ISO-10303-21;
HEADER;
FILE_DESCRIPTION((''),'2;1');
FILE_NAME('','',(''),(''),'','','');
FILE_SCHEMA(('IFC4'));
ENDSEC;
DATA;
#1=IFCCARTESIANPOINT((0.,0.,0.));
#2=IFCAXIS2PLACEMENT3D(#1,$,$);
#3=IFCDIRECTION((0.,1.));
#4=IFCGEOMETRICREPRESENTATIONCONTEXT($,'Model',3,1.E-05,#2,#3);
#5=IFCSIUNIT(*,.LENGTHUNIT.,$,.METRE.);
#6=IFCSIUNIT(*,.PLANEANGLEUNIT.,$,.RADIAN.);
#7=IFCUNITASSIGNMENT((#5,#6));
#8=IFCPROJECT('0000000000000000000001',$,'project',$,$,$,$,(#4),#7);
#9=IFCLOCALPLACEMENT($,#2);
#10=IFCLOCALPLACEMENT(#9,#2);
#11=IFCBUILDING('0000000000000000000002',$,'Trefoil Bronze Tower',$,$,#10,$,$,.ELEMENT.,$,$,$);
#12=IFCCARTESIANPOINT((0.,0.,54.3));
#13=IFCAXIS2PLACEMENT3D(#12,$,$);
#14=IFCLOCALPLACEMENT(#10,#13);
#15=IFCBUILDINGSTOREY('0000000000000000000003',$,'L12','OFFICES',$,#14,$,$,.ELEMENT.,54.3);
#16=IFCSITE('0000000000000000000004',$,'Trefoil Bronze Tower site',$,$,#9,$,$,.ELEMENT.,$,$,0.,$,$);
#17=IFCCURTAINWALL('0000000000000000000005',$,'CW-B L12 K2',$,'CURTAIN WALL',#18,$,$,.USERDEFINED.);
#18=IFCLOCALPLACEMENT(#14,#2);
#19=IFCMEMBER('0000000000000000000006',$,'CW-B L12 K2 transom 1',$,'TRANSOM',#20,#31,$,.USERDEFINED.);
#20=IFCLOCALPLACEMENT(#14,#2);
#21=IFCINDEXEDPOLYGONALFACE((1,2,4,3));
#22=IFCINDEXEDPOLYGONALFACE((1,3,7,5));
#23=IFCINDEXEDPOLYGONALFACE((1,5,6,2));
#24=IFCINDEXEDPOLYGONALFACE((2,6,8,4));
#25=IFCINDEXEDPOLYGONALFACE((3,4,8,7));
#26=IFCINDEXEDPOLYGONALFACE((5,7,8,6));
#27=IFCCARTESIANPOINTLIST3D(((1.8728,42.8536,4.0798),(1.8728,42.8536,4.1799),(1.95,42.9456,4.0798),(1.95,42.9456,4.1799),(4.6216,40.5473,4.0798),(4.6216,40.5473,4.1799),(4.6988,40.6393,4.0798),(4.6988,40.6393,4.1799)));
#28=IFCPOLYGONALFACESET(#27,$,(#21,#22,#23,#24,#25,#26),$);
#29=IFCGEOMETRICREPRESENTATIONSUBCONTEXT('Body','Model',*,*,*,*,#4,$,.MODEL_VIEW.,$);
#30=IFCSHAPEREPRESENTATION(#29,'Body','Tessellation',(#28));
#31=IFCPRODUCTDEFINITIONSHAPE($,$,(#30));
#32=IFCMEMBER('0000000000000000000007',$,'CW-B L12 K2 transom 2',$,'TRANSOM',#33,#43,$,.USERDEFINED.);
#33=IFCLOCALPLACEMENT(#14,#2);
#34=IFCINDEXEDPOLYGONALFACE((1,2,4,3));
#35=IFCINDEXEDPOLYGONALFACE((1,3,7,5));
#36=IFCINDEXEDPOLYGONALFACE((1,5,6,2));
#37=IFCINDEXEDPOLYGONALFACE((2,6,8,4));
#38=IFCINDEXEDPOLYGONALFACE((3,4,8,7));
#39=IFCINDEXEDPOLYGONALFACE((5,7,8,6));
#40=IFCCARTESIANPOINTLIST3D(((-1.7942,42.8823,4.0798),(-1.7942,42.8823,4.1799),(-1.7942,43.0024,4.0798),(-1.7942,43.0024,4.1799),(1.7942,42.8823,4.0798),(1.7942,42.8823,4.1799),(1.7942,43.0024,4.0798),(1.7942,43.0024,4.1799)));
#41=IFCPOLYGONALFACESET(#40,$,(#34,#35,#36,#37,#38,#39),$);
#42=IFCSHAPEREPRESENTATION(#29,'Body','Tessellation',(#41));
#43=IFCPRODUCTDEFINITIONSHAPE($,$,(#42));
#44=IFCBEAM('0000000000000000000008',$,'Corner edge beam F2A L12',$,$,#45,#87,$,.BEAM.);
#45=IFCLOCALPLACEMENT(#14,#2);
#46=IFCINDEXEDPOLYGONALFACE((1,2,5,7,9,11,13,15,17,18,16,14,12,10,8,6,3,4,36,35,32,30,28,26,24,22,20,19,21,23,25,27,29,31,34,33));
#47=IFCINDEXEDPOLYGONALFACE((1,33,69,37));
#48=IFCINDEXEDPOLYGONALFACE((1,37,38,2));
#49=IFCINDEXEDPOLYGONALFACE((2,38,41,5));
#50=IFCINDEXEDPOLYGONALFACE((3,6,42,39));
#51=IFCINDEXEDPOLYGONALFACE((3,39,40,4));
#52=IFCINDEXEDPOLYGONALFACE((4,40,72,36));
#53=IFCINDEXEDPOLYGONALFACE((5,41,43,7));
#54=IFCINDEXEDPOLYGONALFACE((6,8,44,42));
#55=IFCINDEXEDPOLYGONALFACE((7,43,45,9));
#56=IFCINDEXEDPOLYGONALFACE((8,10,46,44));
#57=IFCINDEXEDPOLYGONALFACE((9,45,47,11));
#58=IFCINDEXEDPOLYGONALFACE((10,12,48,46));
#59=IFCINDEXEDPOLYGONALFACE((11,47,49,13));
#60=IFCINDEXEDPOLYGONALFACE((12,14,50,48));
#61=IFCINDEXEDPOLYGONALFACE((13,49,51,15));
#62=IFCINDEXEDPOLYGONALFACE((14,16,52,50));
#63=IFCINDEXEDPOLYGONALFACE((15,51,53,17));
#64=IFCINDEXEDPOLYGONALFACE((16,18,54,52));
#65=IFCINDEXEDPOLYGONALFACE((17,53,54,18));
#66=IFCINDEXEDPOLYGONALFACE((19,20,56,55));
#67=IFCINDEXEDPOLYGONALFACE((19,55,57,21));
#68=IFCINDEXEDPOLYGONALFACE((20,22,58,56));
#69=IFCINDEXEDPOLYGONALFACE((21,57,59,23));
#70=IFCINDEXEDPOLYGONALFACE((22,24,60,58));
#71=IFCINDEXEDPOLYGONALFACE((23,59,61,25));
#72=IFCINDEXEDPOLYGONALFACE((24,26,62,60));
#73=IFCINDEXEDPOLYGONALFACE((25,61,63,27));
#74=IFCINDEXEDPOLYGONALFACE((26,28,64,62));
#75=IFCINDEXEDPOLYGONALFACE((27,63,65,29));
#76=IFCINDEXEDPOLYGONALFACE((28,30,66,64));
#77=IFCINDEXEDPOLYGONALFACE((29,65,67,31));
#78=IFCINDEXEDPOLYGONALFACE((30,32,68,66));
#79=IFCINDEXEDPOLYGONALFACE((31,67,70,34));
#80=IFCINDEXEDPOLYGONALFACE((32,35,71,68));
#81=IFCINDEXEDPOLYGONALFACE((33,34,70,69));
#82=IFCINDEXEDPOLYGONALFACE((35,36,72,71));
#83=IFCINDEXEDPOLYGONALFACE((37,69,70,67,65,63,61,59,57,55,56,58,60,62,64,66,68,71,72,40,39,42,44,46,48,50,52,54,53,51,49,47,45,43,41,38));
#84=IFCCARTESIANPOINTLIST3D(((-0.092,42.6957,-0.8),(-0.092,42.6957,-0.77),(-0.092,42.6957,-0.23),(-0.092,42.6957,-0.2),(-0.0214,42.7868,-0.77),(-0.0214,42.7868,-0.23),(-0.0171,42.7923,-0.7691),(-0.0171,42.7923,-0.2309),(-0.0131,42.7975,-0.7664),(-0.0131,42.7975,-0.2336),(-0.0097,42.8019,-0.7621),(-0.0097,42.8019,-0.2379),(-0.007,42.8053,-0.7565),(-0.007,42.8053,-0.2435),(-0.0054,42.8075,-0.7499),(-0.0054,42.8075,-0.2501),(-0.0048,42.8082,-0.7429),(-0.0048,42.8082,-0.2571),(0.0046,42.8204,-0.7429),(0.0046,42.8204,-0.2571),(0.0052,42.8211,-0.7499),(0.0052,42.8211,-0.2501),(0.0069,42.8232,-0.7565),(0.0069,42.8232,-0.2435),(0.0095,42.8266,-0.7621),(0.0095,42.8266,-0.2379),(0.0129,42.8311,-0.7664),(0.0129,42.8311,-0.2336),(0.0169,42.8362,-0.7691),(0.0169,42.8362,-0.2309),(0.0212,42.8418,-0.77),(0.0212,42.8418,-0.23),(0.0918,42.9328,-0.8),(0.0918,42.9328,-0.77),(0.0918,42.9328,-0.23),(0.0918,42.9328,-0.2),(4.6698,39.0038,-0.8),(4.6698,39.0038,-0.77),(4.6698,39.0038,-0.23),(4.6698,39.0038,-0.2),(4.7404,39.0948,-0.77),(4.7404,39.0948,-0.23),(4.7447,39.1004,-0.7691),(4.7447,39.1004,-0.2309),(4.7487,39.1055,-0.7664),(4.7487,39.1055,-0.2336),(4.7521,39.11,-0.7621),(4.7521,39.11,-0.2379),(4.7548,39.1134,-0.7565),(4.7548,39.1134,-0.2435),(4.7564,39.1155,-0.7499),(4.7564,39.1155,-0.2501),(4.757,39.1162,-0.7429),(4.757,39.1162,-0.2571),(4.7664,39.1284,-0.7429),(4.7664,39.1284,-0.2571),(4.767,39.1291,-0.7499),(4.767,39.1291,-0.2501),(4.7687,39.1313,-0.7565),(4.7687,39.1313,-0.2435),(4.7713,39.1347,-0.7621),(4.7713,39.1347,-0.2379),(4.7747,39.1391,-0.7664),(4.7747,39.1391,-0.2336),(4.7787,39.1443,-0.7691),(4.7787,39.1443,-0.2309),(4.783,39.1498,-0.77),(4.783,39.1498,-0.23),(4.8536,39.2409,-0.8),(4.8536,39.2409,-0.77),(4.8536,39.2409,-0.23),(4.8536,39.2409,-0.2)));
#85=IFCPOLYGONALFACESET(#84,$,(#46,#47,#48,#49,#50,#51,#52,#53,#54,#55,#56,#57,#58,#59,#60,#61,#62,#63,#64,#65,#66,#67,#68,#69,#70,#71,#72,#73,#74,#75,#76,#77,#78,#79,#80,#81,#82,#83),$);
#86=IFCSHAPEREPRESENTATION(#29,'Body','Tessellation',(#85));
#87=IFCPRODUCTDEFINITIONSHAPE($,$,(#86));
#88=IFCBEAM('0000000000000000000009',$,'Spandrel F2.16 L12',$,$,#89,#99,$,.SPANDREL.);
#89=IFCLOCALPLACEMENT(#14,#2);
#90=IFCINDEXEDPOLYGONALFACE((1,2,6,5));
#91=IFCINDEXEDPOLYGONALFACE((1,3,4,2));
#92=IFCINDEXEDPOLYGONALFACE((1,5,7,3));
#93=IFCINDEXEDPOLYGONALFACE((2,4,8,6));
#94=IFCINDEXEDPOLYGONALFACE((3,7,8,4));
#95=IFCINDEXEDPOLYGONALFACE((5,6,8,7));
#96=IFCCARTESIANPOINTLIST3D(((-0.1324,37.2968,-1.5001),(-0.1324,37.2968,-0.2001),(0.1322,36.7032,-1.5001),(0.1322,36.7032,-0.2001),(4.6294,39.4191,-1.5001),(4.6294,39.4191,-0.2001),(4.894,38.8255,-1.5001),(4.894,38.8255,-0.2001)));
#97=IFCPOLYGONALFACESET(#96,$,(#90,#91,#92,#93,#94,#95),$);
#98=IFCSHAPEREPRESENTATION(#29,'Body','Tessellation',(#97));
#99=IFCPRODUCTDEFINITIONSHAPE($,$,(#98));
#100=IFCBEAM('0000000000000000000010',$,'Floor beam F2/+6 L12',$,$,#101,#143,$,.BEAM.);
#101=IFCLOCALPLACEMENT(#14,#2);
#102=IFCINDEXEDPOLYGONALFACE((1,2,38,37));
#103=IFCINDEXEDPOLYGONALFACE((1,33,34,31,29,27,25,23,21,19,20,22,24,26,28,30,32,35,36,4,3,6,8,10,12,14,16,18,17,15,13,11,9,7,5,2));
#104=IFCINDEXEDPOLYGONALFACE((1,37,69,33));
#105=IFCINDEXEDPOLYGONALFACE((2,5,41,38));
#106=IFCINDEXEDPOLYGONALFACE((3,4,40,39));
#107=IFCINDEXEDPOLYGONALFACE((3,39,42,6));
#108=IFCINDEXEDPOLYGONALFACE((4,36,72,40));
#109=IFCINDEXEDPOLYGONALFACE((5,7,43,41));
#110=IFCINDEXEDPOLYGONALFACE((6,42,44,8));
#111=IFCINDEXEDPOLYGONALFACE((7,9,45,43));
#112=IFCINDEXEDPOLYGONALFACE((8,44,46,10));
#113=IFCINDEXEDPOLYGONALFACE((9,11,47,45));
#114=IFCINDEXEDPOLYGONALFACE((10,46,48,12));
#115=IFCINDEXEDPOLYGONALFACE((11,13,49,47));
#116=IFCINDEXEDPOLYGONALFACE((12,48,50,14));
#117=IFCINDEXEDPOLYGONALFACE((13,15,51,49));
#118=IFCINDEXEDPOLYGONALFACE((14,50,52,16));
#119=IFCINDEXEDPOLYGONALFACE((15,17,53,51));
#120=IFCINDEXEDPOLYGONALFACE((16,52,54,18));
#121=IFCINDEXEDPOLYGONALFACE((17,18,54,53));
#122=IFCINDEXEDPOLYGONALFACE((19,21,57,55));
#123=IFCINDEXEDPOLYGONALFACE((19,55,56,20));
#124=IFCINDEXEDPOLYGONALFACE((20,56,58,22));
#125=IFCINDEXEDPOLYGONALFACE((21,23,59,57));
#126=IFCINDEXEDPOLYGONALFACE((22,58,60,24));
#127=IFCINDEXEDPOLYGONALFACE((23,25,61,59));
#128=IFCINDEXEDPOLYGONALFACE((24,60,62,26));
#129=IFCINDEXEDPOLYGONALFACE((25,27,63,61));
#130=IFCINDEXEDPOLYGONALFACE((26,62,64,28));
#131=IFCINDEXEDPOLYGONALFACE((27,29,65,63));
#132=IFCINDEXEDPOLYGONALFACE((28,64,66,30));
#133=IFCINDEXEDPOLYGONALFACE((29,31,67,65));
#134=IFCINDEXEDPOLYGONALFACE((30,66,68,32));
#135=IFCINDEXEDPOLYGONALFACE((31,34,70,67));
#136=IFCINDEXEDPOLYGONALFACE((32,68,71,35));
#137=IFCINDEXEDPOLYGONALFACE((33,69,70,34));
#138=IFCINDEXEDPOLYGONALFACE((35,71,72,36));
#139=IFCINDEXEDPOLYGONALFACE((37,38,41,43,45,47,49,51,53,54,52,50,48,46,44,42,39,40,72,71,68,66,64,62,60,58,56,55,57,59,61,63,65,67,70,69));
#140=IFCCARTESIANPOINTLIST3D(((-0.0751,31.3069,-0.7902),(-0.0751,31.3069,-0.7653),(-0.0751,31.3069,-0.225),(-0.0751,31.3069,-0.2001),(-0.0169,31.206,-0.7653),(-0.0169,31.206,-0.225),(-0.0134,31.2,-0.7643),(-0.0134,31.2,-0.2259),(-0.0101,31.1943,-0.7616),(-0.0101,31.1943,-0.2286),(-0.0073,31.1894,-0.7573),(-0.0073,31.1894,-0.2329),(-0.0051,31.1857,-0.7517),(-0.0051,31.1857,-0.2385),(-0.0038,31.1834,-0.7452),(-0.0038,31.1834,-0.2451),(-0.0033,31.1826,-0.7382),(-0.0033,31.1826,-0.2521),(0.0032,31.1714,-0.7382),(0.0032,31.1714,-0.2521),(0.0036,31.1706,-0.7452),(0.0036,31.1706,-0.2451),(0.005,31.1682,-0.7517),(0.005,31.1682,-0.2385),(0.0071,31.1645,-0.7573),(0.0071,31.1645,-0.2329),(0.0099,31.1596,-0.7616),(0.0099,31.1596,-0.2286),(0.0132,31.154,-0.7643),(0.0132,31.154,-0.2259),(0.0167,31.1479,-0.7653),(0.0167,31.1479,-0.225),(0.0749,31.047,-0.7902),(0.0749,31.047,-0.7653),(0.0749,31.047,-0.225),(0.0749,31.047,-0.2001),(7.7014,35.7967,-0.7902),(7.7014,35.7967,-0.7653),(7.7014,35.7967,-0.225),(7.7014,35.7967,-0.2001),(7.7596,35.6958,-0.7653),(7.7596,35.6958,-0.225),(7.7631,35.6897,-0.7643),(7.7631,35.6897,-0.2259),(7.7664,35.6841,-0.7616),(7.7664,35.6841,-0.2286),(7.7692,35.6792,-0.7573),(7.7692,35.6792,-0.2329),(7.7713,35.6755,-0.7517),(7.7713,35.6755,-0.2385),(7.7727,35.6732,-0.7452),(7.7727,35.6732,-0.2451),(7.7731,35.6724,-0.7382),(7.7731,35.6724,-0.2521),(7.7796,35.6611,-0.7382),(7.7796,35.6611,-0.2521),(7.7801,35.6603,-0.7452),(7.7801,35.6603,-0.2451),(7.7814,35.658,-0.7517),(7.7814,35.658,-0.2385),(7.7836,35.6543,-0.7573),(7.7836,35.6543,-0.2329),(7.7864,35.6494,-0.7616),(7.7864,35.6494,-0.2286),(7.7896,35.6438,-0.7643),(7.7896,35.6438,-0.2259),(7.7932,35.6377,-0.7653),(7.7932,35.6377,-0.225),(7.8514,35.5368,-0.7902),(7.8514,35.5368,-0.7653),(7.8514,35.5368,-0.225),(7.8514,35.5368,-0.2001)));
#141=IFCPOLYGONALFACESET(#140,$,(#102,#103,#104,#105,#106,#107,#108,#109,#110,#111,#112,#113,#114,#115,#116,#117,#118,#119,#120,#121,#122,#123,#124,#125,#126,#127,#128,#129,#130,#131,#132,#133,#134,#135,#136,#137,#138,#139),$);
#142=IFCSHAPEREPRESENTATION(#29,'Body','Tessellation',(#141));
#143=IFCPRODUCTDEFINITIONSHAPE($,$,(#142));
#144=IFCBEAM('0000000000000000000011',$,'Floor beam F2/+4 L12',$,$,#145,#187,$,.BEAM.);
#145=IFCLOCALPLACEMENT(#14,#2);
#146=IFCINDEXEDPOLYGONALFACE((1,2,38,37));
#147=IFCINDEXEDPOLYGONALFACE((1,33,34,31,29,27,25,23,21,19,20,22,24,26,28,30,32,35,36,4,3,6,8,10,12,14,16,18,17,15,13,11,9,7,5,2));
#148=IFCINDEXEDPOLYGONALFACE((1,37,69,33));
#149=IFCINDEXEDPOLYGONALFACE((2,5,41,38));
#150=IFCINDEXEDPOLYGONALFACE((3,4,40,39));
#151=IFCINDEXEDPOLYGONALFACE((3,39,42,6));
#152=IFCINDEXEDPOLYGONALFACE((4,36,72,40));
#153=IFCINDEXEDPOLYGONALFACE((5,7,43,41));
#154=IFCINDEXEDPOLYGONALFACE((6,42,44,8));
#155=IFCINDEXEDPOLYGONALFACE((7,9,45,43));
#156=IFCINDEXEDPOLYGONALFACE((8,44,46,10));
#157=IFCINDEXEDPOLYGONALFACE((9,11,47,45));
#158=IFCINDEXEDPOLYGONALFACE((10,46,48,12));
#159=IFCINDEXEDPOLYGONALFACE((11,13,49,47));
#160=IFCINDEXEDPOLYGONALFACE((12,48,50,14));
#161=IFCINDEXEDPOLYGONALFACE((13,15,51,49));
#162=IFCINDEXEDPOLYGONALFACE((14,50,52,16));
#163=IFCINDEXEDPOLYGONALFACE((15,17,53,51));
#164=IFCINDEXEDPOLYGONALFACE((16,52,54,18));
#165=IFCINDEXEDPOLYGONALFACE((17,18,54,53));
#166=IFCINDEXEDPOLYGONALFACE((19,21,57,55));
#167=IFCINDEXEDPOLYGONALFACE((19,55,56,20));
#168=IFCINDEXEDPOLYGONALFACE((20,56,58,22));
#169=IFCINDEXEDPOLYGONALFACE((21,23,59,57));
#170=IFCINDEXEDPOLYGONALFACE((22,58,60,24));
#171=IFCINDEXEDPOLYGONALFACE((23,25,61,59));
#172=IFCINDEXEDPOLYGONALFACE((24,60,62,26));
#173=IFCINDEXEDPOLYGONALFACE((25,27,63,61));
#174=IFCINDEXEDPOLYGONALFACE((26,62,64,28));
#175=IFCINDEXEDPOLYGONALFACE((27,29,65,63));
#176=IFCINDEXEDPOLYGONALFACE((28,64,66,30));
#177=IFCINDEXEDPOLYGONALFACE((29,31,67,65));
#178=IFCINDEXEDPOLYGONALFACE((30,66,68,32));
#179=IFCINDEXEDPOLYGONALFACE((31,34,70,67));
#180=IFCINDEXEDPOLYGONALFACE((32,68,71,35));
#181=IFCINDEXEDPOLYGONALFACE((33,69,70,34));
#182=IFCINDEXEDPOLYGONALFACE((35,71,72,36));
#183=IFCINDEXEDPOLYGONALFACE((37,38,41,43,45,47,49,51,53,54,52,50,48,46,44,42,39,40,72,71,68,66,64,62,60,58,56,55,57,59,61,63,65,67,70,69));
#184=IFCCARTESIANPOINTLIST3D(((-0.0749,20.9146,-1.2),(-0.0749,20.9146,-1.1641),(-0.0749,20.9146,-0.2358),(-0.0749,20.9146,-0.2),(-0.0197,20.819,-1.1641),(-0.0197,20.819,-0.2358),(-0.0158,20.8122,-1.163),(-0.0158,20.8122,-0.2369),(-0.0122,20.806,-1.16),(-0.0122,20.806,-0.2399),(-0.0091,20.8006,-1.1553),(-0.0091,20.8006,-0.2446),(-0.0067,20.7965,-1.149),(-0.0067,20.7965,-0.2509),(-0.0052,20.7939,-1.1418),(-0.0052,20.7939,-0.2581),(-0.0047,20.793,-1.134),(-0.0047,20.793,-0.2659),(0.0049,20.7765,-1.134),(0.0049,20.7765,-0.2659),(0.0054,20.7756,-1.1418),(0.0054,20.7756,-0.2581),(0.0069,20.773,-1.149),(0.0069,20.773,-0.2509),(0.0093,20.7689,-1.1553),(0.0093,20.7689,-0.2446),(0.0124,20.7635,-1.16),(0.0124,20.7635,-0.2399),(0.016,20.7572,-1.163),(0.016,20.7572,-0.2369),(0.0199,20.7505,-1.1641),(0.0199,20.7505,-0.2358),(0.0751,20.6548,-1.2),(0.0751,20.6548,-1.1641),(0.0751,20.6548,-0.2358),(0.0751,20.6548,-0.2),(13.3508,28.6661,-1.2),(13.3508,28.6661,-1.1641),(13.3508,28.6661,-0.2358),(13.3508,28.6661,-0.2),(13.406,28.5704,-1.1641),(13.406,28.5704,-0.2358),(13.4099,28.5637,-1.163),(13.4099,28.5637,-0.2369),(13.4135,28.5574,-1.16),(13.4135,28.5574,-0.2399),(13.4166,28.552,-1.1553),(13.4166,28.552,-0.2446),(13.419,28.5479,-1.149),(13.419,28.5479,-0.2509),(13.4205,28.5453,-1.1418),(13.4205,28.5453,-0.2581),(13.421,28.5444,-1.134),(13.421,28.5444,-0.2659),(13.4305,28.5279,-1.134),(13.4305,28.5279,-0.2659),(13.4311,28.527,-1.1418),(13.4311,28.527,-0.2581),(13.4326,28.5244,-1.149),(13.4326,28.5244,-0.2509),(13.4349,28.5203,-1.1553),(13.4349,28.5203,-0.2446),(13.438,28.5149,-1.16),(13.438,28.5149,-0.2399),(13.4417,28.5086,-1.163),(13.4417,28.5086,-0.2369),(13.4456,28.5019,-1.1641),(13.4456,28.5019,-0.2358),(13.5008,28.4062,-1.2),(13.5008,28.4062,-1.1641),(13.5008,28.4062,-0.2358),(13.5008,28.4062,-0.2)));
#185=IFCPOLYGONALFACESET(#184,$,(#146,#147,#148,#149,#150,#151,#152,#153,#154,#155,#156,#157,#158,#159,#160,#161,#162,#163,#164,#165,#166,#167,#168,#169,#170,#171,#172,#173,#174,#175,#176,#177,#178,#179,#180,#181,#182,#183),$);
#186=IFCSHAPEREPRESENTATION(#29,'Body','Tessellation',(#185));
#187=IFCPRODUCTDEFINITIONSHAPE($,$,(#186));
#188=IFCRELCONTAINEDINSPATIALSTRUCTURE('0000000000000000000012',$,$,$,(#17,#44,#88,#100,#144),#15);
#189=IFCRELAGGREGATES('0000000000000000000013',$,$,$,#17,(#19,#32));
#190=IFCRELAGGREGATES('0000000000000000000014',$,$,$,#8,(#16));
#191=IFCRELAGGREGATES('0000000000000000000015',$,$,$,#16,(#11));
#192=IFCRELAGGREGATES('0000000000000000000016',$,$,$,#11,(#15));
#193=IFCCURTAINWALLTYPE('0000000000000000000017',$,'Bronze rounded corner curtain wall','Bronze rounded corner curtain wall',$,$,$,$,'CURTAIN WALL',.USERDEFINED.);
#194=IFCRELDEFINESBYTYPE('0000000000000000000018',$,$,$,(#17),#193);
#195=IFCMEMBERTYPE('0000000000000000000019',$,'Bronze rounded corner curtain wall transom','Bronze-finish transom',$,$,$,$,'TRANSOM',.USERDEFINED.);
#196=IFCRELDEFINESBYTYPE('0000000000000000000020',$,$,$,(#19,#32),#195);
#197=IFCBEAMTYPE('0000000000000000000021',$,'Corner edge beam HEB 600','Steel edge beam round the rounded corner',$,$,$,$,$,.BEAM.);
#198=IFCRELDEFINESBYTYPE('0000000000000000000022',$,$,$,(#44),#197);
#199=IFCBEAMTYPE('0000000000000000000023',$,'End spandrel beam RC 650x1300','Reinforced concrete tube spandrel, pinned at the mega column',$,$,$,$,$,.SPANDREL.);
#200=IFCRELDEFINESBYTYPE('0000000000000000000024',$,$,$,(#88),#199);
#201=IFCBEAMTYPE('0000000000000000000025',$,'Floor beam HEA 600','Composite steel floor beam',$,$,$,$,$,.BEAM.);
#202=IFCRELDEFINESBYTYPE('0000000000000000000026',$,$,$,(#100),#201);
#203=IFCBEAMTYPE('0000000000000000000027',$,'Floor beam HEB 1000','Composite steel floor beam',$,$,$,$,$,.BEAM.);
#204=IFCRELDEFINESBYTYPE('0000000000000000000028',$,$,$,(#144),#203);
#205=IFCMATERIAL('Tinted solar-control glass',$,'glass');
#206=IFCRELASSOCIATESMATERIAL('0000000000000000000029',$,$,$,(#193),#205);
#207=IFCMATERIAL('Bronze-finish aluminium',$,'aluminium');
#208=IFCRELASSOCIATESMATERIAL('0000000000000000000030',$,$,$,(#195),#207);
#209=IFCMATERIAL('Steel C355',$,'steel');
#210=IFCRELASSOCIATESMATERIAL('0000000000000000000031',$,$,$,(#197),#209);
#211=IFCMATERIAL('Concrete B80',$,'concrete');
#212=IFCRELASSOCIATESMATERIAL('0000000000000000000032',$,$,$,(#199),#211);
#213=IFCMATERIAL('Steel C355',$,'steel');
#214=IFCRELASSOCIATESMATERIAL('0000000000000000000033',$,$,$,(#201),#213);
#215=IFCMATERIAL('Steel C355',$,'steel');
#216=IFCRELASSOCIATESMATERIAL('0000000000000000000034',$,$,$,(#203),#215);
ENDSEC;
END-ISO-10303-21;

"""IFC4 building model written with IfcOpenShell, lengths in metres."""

from ifc_helpers import new_model, si_unit, direction, frame, origin, origin_2d, place, context, subcontext, project, spatial, rectangle, i_section, extrude, material, material_profile, profile_set, type_object, element, aggregate, save


model = new_model("IFC4")

# Units and contexts
model_context = context("Model", 3, precision=1e-05, world=origin(), true_north=direction((0.0, 1.0)))
body_context = subcontext(model_context, "Body", "Model", "MODEL_VIEW")
ifc_project = project(units=[si_unit("LENGTHUNIT", "METRE"), si_unit("PLANEANGLEUNIT", "RADIAN")], contexts=[model_context])

# Site, building, storey
site_placement = place(None, origin())
site = spatial("IfcSite", under=ifc_project, at=site_placement, Name="Trefoil Bronze Tower site", CompositionType="ELEMENT", RefElevation=0.0)
building_placement = place(site_placement, origin())
building = spatial("IfcBuilding", under=site, at=building_placement, Name="Trefoil Bronze Tower", CompositionType="ELEMENT")
storey_placement = place(building_placement, frame((0.0, 0.0, 54.3)))
storey = spatial("IfcBuildingStorey", under=building, at=storey_placement, Name="L12", Description="OFFICES", CompositionType="ELEMENT", Elevation=54.3)

# Curtain wall, members
ifc_material_1 = material(Name="Tinted solar-control glass", Category="glass")
curtain_wall_type_1 = type_object("IfcCurtainWallType", Name="Bronze rounded corner curtain wall", Description="Bronze rounded corner curtain wall", ElementType="CURTAIN WALL", PredefinedType="USERDEFINED", material=ifc_material_1)
curtain_wall_1_placement = place(storey_placement, origin())
curtain_wall_1 = element("IfcCurtainWall", 1, at=curtain_wall_1_placement, inside=storey, type_object=curtain_wall_type_1, Name="CW-B L12 K2", ObjectType="CURTAIN WALL", PredefinedType="USERDEFINED")
ifc_material_2 = material(Name="Bronze-finish aluminium", Category="aluminium")
ifc_material_profile_1 = material_profile(ifc_material_2, rectangle(XDim=0.1201, YDim=0.1001, at=origin_2d()), Name="CW-B transom")
ifc_profile_set_1 = profile_set([ifc_material_profile_1], Name="Bronze-finish aluminium")
member_type_1 = type_object("IfcMemberType", Name="Bronze rounded corner curtain wall transom", Description="Bronze-finish transom", ElementType="TRANSOM", PredefinedType="USERDEFINED", material=ifc_profile_set_1)
member_1_placement = place(storey_placement, frame((4.6602, 40.5933, 4.1299), z_axis=(-0.766059, 0.642771, 0.0), x_axis=(-0.642771, -0.766059, 0.0)))
member_1 = element("IfcMember", 2, at=member_1_placement, type_object=member_type_1, Name="CW-B L12 K2 transom 1", ObjectType="TRANSOM", PredefinedType="USERDEFINED", context=body_context, shape_type="SweptSolid", body=[
    extrude(rectangle(XDim=0.1201, YDim=0.1001, at=origin_2d()), origin(), (0.0, 0.0, 1.0), 3.5881),
])
member_2_placement = place(storey_placement, frame((1.7942, 42.9424, 4.1299), z_axis=(-1.0, 0.0, 0.0), x_axis=(0.0, -1.0, 0.0)))
member_2 = element("IfcMember", 3, at=member_2_placement, type_object=member_type_1, Name="CW-B L12 K2 transom 2", ObjectType="TRANSOM", PredefinedType="USERDEFINED", context=body_context, shape_type="SweptSolid", body=[
    extrude(rectangle(XDim=0.1201, YDim=0.1001, at=origin_2d()), origin(), (0.0, 0.0, 1.0), 3.5884),
])

# Beams
ifc_material_3 = material(Name="Steel C355", Category="steel")
ifc_material_profile_2 = material_profile(ifc_material_3, i_section(OverallWidth=0.3, OverallDepth=0.6001, WebThickness=0.0154, FlangeThickness=0.03, FilletRadius=0.0271, at=origin_2d()), Name="HEB 600")
ifc_profile_set_2 = profile_set([ifc_material_profile_2], Name="Steel C355")
beam_type_1 = type_object("IfcBeamType", Name="Corner edge beam HEB 600", Description="Steel edge beam round the rounded corner", PredefinedType="BEAM", material=ifc_profile_set_2)
beam_1_placement = place(storey_placement, frame((4.7617, 39.1223, -0.5), z_axis=(-0.790289, 0.612734, 0.0), x_axis=(-0.612734, -0.790289, 0.0)))
element("IfcBeam", 4, at=beam_1_placement, inside=storey, type_object=beam_type_1, Name="Corner edge beam F2A L12", PredefinedType="BEAM", context=body_context, shape_type="SweptSolid", body=[
    extrude(i_section(OverallWidth=0.3, OverallDepth=0.6001, WebThickness=0.0154, FlangeThickness=0.03, FilletRadius=0.0271, at=origin_2d()), origin(), (0.0, 0.0, 1.0), 6.0254),
])
ifc_material_4 = material(Name="Concrete B80", Category="concrete")
ifc_material_profile_3 = material_profile(ifc_material_4, rectangle(XDim=0.6499, YDim=1.3, at=origin_2d()), Name="RC 650x1300")
ifc_profile_set_3 = profile_set([ifc_material_profile_3], Name="Concrete B80")
beam_type_2 = type_object("IfcBeamType", Name="End spandrel beam RC 650x1300", Description="Reinforced concrete tube spandrel, pinned at the mega column", PredefinedType="SPANDREL", material=ifc_profile_set_3)
beam_2_placement = place(storey_placement, frame((4.7617, 39.1223, -0.8501), z_axis=(-0.913384, -0.407099, 0.0), x_axis=(0.407099, -0.913384, 0.0)))
element("IfcBeam", 5, at=beam_2_placement, inside=storey, type_object=beam_type_2, Name="Spandrel F2.16 L12", PredefinedType="SPANDREL", context=body_context, shape_type="SweptSolid", body=[
    extrude(rectangle(XDim=0.6499, YDim=1.3, at=origin_2d()), origin(), (0.0, 0.0, 1.0), 5.2134),
])
ifc_material_5 = material(Name="Steel C355", Category="steel")
ifc_material_profile_4 = material_profile(ifc_material_5, i_section(OverallWidth=0.3, OverallDepth=0.5901, WebThickness=0.0129, FlangeThickness=0.0249, FilletRadius=0.0271, at=origin_2d()), Name="HEA 600")
ifc_profile_set_4 = profile_set([ifc_material_profile_4], Name="Steel C355")
beam_type_3 = type_object("IfcBeamType", Name="Floor beam HEA 600", Description="Composite steel floor beam", PredefinedType="BEAM", material=ifc_profile_set_4)
beam_3_placement = place(storey_placement, frame((7.7764, 35.6667, -0.4951), z_axis=(-0.866023, -0.500005, 0.0), x_axis=(0.500005, -0.866023, 0.0)))
element("IfcBeam", 6, at=beam_3_placement, inside=storey, type_object=beam_type_3, Name="Floor beam F2/+6 L12", PredefinedType="BEAM", context=body_context, shape_type="SweptSolid", body=[
    extrude(i_section(OverallWidth=0.3, OverallDepth=0.5901, WebThickness=0.0129, FlangeThickness=0.0249, FilletRadius=0.0271, at=origin_2d()), origin(), (0.0, 0.0, 1.0), 8.9795),
])
ifc_material_6 = material(Name="Steel C355", Category="steel")
ifc_material_profile_5 = material_profile(ifc_material_6, i_section(OverallWidth=0.3, OverallDepth=1.0, WebThickness=0.019, FlangeThickness=0.0359, FilletRadius=0.03, at=origin_2d()), Name="HEB 1000")
ifc_profile_set_5 = profile_set([ifc_material_profile_5], Name="Steel C355")
beam_type_4 = type_object("IfcBeamType", Name="Floor beam HEB 1000", Description="Composite steel floor beam", PredefinedType="BEAM", material=ifc_profile_set_5)
beam_4_placement = place(storey_placement, frame((13.4258, 28.5361, -0.7), z_axis=(-0.866023, -0.500004, 0.0), x_axis=(0.500004, -0.866023, 0.0)))
element("IfcBeam", 7, at=beam_4_placement, inside=storey, type_object=beam_type_4, Name="Floor beam F2/+4 L12", PredefinedType="BEAM", context=body_context, shape_type="SweptSolid", body=[
    extrude(i_section(OverallWidth=0.3, OverallDepth=1.0, WebThickness=0.019, FlangeThickness=0.0359, FilletRadius=0.03, at=origin_2d()), origin(), (0.0, 0.0, 1.0), 15.5027),
])

aggregate(curtain_wall_1, [member_1, member_2])

save(model, "model.ifc")
